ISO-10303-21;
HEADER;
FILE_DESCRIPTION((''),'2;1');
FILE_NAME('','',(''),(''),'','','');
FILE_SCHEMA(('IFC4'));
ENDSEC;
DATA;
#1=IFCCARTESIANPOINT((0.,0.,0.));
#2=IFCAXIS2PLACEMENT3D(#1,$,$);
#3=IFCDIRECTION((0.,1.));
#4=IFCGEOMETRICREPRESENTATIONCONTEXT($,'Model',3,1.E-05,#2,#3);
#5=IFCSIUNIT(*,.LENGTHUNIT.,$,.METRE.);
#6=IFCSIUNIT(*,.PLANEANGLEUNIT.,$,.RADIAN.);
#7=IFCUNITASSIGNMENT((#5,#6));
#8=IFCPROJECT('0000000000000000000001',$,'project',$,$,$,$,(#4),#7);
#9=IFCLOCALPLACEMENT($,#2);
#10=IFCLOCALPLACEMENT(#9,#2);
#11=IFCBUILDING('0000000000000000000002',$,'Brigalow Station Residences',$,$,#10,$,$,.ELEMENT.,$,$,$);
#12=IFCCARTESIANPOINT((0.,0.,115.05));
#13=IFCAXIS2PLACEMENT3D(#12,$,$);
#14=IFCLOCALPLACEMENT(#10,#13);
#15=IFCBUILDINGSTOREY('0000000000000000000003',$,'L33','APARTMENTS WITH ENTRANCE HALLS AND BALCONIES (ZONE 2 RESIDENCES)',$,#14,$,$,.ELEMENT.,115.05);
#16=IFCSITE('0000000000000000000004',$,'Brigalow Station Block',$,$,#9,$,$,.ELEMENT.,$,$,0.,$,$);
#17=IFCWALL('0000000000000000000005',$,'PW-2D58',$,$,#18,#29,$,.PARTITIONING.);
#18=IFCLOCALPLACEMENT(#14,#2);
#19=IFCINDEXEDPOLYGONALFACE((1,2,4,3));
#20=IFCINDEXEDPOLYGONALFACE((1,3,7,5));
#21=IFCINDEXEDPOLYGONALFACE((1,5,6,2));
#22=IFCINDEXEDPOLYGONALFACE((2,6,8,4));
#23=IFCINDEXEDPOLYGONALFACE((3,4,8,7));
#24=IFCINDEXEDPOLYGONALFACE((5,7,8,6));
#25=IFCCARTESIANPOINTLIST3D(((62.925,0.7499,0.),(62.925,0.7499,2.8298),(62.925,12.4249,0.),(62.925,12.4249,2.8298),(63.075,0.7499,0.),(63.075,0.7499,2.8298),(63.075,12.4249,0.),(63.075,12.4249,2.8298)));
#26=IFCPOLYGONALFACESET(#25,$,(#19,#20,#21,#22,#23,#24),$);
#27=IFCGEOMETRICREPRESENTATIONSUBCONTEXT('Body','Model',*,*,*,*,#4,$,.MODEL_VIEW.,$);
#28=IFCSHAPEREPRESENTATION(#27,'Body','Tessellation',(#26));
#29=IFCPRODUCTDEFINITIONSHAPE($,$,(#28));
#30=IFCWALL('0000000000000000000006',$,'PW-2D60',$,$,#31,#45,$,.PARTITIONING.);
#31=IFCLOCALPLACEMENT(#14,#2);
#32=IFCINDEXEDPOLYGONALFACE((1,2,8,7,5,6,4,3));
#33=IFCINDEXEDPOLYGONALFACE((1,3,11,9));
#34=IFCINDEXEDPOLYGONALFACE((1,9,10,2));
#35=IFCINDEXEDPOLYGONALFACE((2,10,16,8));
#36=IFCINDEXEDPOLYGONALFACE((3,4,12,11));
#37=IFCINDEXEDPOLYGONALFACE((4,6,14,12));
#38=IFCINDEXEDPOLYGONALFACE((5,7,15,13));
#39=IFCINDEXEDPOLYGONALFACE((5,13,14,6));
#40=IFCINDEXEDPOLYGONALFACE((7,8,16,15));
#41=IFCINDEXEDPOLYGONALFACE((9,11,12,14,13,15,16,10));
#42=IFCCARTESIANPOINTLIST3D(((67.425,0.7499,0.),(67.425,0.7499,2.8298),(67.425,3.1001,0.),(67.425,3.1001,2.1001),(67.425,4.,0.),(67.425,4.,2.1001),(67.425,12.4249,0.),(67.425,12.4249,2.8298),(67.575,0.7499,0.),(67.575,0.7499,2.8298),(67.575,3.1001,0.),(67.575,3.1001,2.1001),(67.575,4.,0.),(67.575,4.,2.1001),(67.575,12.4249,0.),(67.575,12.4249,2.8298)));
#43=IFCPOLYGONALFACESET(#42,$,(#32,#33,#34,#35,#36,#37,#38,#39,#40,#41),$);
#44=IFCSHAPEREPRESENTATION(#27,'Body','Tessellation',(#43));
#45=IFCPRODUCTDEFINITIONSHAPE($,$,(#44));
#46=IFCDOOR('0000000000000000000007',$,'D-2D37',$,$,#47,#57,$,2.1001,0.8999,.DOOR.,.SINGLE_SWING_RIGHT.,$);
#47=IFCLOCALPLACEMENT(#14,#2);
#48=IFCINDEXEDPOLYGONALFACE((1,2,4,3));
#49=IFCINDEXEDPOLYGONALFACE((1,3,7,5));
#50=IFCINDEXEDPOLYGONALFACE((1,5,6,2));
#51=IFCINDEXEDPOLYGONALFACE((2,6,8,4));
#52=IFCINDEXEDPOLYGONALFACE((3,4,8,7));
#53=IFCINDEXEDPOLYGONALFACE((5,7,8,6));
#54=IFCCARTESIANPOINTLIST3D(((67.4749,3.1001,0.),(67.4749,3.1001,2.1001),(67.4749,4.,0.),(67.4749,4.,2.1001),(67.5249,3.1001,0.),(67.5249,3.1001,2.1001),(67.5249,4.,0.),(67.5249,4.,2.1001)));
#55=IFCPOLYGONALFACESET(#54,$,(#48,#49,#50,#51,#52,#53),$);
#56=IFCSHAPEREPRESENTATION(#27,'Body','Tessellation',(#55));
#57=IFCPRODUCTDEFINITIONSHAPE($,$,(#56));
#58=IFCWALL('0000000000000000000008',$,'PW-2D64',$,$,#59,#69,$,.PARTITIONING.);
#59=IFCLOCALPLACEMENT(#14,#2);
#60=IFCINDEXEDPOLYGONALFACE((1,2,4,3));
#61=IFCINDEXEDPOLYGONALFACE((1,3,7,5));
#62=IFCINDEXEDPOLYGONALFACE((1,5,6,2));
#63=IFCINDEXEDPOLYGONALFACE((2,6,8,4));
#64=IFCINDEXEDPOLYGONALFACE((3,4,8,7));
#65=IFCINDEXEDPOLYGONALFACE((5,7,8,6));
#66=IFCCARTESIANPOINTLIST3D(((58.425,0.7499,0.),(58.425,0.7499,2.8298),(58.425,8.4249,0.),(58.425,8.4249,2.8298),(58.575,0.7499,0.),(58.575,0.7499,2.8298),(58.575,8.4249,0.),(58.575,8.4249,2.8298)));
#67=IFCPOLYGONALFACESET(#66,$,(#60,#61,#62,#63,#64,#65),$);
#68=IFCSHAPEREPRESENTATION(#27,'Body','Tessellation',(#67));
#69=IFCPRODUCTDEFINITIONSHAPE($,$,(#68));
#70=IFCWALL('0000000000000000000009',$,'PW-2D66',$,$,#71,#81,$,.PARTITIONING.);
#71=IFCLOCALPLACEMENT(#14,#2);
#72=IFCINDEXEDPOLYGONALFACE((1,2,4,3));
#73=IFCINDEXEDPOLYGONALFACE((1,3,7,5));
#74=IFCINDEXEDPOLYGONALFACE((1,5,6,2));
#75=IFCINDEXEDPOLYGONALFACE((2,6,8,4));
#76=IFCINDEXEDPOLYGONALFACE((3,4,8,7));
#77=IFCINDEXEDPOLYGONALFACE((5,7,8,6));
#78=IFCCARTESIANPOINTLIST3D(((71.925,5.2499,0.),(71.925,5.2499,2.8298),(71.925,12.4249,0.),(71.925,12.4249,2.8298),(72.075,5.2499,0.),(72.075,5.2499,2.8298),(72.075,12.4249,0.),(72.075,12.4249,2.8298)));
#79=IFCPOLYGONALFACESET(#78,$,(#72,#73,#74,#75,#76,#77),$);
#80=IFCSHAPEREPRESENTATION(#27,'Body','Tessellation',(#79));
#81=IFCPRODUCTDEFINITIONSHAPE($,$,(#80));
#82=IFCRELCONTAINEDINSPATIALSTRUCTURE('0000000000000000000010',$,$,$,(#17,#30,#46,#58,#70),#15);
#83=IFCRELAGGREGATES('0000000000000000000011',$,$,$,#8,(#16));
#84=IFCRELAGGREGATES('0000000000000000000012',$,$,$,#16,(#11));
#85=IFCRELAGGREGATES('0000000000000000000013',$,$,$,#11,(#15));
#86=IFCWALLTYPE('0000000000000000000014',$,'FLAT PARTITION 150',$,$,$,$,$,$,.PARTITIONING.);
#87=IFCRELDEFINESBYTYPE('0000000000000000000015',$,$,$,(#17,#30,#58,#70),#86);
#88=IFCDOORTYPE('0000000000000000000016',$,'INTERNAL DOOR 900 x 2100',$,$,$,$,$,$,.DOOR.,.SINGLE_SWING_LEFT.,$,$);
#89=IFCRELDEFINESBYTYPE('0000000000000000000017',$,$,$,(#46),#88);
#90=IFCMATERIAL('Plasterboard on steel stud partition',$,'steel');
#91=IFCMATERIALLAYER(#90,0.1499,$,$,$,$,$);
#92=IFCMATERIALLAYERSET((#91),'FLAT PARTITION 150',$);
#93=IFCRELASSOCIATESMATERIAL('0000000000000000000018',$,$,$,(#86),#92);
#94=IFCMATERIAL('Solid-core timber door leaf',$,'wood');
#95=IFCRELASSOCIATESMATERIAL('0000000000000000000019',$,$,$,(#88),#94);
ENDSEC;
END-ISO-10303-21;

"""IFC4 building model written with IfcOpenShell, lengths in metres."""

from ifc_helpers import new_model, si_unit, direction, frame, frame_2d, origin, place, context, subcontext, project, spatial, rectangle, extrude, material, layer, layer_set, type_object, element, fill, save


model = new_model("IFC4")

# Units and contexts
model_context = context("Model", 3, precision=1e-05, world=origin(), true_north=direction((0.0, 1.0)))
body_context = subcontext(model_context, "Body", "Model", "MODEL_VIEW")
ifc_project = project(units=[si_unit("LENGTHUNIT", "METRE"), si_unit("PLANEANGLEUNIT", "RADIAN")], contexts=[model_context])

# Site, building, storey
site_placement = place(None, origin())
site = spatial("IfcSite", under=ifc_project, at=site_placement, Name="Brigalow Station Block", CompositionType="ELEMENT", RefElevation=0.0)
building_placement = place(site_placement, origin())
building = spatial("IfcBuilding", under=site, at=building_placement, Name="Brigalow Station Residences", CompositionType="ELEMENT")
storey_placement = place(building_placement, frame((0.0, 0.0, 115.05)))
storey = spatial("IfcBuildingStorey", under=building, at=storey_placement, Name="L33", Description="APARTMENTS WITH ENTRANCE HALLS AND BALCONIES (ZONE 2 RESIDENCES)", CompositionType="ELEMENT", Elevation=115.05)

# Wall
ifc_material_1 = material(Name="Plasterboard on steel stud partition", Category="steel")
ifc_layer_1 = layer(ifc_material_1, 0.1499)
ifc_layer_set_1 = layer_set([ifc_layer_1], Name="FLAT PARTITION 150")
wall_type_1 = type_object("IfcWallType", Name="FLAT PARTITION 150", PredefinedType="PARTITIONING", material=ifc_layer_set_1)
wall_1_placement = place(storey_placement, frame((63.0, 0.75, 0.0), z_axis=(0.0, 0.0, 1.0), x_axis=(0.0, 1.0, 0.0)))
element("IfcWall", 1, at=wall_1_placement, inside=storey, type_object=wall_type_1, Name="PW-2D58", PredefinedType="PARTITIONING", context=body_context, shape_type="SweptSolid", body=[
    extrude(rectangle(XDim=11.675, YDim=0.1499, at=frame_2d((5.8374, 0.0))), origin(), (0.0, 0.0, 1.0), 2.8298),
])

# Wall, opening, door
wall_2_placement = place(storey_placement, frame((67.5, 0.75, 0.0), z_axis=(0.0, 0.0, 1.0), x_axis=(0.0, 1.0, 0.0)))
wall_2 = element("IfcWall", 2, at=wall_2_placement, inside=storey, type_object=wall_type_1, Name="PW-2D60", PredefinedType="PARTITIONING", context=body_context, shape_type="SweptSolid", body=[
    extrude(rectangle(XDim=11.675, YDim=0.1499, at=frame_2d((5.8374, 0.0))), origin(), (0.0, 0.0, 1.0), 2.8298),
])
opening_1_placement = place(wall_2_placement, frame((2.3501, 0.0, 0.0)))
opening_1 = element("IfcOpeningElement", 3, at=opening_1_placement, cuts=wall_2, PredefinedType="OPENING", context=body_context, shape_type="SweptSolid", body=[
    extrude(rectangle(XDim=0.8999, YDim=2.1001, at=frame_2d((0.45, 1.05))), frame((0.0, 0.085, 0.0), z_axis=(0.0, -1.0, 0.0), x_axis=(1.0, 0.0, 0.0)), (0.0, 0.0, 1.0), 0.1699),
])
ifc_material_2 = material(Name="Solid-core timber door leaf", Category="wood")
door_type = type_object("IfcDoorType", Name="INTERNAL DOOR 900 x 2100", OperationType="SINGLE_SWING_LEFT", PredefinedType="DOOR", material=ifc_material_2)
door_placement = place(opening_1_placement, frame((0.8999, 0.0, 0.0), z_axis=(0.0, 0.0, 1.0), x_axis=(-1.0, 0.0, 0.0)))
door = element("IfcDoor", 4, at=door_placement, inside=storey, type_object=door_type, Name="D-2D37", OperationType="SINGLE_SWING_RIGHT", OverallHeight=2.1001, OverallWidth=0.8999, PredefinedType="DOOR", context=body_context, shape_type="SweptSolid", body=[
    extrude(rectangle(XDim=0.8999, YDim=2.1001, at=frame_2d((0.45, 1.05))), frame((0.0, 0.0249, 0.0), z_axis=(0.0, -1.0, 0.0), x_axis=(1.0, 0.0, 0.0)), (0.0, 0.0, 1.0), 0.05),
])
fill(opening_1, door)

# Walls
wall_3_placement = place(storey_placement, frame((58.5, 0.75, 0.0), z_axis=(0.0, 0.0, 1.0), x_axis=(0.0, 1.0, 0.0)))
element("IfcWall", 5, at=wall_3_placement, inside=storey, type_object=wall_type_1, Name="PW-2D64", PredefinedType="PARTITIONING", context=body_context, shape_type="SweptSolid", body=[
    extrude(rectangle(XDim=7.675, YDim=0.1499, at=frame_2d((3.8374, 0.0))), origin(), (0.0, 0.0, 1.0), 2.8298),
])
wall_4_placement = place(storey_placement, frame((72.0, 5.25, 0.0), z_axis=(0.0, 0.0, 1.0), x_axis=(0.0, 1.0, 0.0)))
element("IfcWall", 6, at=wall_4_placement, inside=storey, type_object=wall_type_1, Name="PW-2D66", PredefinedType="PARTITIONING", context=body_context, shape_type="SweptSolid", body=[
    extrude(rectangle(XDim=7.175, YDim=0.1499, at=frame_2d((3.5874, 0.0))), origin(), (0.0, 0.0, 1.0), 2.8298),
])

save(model, "model.ifc")
